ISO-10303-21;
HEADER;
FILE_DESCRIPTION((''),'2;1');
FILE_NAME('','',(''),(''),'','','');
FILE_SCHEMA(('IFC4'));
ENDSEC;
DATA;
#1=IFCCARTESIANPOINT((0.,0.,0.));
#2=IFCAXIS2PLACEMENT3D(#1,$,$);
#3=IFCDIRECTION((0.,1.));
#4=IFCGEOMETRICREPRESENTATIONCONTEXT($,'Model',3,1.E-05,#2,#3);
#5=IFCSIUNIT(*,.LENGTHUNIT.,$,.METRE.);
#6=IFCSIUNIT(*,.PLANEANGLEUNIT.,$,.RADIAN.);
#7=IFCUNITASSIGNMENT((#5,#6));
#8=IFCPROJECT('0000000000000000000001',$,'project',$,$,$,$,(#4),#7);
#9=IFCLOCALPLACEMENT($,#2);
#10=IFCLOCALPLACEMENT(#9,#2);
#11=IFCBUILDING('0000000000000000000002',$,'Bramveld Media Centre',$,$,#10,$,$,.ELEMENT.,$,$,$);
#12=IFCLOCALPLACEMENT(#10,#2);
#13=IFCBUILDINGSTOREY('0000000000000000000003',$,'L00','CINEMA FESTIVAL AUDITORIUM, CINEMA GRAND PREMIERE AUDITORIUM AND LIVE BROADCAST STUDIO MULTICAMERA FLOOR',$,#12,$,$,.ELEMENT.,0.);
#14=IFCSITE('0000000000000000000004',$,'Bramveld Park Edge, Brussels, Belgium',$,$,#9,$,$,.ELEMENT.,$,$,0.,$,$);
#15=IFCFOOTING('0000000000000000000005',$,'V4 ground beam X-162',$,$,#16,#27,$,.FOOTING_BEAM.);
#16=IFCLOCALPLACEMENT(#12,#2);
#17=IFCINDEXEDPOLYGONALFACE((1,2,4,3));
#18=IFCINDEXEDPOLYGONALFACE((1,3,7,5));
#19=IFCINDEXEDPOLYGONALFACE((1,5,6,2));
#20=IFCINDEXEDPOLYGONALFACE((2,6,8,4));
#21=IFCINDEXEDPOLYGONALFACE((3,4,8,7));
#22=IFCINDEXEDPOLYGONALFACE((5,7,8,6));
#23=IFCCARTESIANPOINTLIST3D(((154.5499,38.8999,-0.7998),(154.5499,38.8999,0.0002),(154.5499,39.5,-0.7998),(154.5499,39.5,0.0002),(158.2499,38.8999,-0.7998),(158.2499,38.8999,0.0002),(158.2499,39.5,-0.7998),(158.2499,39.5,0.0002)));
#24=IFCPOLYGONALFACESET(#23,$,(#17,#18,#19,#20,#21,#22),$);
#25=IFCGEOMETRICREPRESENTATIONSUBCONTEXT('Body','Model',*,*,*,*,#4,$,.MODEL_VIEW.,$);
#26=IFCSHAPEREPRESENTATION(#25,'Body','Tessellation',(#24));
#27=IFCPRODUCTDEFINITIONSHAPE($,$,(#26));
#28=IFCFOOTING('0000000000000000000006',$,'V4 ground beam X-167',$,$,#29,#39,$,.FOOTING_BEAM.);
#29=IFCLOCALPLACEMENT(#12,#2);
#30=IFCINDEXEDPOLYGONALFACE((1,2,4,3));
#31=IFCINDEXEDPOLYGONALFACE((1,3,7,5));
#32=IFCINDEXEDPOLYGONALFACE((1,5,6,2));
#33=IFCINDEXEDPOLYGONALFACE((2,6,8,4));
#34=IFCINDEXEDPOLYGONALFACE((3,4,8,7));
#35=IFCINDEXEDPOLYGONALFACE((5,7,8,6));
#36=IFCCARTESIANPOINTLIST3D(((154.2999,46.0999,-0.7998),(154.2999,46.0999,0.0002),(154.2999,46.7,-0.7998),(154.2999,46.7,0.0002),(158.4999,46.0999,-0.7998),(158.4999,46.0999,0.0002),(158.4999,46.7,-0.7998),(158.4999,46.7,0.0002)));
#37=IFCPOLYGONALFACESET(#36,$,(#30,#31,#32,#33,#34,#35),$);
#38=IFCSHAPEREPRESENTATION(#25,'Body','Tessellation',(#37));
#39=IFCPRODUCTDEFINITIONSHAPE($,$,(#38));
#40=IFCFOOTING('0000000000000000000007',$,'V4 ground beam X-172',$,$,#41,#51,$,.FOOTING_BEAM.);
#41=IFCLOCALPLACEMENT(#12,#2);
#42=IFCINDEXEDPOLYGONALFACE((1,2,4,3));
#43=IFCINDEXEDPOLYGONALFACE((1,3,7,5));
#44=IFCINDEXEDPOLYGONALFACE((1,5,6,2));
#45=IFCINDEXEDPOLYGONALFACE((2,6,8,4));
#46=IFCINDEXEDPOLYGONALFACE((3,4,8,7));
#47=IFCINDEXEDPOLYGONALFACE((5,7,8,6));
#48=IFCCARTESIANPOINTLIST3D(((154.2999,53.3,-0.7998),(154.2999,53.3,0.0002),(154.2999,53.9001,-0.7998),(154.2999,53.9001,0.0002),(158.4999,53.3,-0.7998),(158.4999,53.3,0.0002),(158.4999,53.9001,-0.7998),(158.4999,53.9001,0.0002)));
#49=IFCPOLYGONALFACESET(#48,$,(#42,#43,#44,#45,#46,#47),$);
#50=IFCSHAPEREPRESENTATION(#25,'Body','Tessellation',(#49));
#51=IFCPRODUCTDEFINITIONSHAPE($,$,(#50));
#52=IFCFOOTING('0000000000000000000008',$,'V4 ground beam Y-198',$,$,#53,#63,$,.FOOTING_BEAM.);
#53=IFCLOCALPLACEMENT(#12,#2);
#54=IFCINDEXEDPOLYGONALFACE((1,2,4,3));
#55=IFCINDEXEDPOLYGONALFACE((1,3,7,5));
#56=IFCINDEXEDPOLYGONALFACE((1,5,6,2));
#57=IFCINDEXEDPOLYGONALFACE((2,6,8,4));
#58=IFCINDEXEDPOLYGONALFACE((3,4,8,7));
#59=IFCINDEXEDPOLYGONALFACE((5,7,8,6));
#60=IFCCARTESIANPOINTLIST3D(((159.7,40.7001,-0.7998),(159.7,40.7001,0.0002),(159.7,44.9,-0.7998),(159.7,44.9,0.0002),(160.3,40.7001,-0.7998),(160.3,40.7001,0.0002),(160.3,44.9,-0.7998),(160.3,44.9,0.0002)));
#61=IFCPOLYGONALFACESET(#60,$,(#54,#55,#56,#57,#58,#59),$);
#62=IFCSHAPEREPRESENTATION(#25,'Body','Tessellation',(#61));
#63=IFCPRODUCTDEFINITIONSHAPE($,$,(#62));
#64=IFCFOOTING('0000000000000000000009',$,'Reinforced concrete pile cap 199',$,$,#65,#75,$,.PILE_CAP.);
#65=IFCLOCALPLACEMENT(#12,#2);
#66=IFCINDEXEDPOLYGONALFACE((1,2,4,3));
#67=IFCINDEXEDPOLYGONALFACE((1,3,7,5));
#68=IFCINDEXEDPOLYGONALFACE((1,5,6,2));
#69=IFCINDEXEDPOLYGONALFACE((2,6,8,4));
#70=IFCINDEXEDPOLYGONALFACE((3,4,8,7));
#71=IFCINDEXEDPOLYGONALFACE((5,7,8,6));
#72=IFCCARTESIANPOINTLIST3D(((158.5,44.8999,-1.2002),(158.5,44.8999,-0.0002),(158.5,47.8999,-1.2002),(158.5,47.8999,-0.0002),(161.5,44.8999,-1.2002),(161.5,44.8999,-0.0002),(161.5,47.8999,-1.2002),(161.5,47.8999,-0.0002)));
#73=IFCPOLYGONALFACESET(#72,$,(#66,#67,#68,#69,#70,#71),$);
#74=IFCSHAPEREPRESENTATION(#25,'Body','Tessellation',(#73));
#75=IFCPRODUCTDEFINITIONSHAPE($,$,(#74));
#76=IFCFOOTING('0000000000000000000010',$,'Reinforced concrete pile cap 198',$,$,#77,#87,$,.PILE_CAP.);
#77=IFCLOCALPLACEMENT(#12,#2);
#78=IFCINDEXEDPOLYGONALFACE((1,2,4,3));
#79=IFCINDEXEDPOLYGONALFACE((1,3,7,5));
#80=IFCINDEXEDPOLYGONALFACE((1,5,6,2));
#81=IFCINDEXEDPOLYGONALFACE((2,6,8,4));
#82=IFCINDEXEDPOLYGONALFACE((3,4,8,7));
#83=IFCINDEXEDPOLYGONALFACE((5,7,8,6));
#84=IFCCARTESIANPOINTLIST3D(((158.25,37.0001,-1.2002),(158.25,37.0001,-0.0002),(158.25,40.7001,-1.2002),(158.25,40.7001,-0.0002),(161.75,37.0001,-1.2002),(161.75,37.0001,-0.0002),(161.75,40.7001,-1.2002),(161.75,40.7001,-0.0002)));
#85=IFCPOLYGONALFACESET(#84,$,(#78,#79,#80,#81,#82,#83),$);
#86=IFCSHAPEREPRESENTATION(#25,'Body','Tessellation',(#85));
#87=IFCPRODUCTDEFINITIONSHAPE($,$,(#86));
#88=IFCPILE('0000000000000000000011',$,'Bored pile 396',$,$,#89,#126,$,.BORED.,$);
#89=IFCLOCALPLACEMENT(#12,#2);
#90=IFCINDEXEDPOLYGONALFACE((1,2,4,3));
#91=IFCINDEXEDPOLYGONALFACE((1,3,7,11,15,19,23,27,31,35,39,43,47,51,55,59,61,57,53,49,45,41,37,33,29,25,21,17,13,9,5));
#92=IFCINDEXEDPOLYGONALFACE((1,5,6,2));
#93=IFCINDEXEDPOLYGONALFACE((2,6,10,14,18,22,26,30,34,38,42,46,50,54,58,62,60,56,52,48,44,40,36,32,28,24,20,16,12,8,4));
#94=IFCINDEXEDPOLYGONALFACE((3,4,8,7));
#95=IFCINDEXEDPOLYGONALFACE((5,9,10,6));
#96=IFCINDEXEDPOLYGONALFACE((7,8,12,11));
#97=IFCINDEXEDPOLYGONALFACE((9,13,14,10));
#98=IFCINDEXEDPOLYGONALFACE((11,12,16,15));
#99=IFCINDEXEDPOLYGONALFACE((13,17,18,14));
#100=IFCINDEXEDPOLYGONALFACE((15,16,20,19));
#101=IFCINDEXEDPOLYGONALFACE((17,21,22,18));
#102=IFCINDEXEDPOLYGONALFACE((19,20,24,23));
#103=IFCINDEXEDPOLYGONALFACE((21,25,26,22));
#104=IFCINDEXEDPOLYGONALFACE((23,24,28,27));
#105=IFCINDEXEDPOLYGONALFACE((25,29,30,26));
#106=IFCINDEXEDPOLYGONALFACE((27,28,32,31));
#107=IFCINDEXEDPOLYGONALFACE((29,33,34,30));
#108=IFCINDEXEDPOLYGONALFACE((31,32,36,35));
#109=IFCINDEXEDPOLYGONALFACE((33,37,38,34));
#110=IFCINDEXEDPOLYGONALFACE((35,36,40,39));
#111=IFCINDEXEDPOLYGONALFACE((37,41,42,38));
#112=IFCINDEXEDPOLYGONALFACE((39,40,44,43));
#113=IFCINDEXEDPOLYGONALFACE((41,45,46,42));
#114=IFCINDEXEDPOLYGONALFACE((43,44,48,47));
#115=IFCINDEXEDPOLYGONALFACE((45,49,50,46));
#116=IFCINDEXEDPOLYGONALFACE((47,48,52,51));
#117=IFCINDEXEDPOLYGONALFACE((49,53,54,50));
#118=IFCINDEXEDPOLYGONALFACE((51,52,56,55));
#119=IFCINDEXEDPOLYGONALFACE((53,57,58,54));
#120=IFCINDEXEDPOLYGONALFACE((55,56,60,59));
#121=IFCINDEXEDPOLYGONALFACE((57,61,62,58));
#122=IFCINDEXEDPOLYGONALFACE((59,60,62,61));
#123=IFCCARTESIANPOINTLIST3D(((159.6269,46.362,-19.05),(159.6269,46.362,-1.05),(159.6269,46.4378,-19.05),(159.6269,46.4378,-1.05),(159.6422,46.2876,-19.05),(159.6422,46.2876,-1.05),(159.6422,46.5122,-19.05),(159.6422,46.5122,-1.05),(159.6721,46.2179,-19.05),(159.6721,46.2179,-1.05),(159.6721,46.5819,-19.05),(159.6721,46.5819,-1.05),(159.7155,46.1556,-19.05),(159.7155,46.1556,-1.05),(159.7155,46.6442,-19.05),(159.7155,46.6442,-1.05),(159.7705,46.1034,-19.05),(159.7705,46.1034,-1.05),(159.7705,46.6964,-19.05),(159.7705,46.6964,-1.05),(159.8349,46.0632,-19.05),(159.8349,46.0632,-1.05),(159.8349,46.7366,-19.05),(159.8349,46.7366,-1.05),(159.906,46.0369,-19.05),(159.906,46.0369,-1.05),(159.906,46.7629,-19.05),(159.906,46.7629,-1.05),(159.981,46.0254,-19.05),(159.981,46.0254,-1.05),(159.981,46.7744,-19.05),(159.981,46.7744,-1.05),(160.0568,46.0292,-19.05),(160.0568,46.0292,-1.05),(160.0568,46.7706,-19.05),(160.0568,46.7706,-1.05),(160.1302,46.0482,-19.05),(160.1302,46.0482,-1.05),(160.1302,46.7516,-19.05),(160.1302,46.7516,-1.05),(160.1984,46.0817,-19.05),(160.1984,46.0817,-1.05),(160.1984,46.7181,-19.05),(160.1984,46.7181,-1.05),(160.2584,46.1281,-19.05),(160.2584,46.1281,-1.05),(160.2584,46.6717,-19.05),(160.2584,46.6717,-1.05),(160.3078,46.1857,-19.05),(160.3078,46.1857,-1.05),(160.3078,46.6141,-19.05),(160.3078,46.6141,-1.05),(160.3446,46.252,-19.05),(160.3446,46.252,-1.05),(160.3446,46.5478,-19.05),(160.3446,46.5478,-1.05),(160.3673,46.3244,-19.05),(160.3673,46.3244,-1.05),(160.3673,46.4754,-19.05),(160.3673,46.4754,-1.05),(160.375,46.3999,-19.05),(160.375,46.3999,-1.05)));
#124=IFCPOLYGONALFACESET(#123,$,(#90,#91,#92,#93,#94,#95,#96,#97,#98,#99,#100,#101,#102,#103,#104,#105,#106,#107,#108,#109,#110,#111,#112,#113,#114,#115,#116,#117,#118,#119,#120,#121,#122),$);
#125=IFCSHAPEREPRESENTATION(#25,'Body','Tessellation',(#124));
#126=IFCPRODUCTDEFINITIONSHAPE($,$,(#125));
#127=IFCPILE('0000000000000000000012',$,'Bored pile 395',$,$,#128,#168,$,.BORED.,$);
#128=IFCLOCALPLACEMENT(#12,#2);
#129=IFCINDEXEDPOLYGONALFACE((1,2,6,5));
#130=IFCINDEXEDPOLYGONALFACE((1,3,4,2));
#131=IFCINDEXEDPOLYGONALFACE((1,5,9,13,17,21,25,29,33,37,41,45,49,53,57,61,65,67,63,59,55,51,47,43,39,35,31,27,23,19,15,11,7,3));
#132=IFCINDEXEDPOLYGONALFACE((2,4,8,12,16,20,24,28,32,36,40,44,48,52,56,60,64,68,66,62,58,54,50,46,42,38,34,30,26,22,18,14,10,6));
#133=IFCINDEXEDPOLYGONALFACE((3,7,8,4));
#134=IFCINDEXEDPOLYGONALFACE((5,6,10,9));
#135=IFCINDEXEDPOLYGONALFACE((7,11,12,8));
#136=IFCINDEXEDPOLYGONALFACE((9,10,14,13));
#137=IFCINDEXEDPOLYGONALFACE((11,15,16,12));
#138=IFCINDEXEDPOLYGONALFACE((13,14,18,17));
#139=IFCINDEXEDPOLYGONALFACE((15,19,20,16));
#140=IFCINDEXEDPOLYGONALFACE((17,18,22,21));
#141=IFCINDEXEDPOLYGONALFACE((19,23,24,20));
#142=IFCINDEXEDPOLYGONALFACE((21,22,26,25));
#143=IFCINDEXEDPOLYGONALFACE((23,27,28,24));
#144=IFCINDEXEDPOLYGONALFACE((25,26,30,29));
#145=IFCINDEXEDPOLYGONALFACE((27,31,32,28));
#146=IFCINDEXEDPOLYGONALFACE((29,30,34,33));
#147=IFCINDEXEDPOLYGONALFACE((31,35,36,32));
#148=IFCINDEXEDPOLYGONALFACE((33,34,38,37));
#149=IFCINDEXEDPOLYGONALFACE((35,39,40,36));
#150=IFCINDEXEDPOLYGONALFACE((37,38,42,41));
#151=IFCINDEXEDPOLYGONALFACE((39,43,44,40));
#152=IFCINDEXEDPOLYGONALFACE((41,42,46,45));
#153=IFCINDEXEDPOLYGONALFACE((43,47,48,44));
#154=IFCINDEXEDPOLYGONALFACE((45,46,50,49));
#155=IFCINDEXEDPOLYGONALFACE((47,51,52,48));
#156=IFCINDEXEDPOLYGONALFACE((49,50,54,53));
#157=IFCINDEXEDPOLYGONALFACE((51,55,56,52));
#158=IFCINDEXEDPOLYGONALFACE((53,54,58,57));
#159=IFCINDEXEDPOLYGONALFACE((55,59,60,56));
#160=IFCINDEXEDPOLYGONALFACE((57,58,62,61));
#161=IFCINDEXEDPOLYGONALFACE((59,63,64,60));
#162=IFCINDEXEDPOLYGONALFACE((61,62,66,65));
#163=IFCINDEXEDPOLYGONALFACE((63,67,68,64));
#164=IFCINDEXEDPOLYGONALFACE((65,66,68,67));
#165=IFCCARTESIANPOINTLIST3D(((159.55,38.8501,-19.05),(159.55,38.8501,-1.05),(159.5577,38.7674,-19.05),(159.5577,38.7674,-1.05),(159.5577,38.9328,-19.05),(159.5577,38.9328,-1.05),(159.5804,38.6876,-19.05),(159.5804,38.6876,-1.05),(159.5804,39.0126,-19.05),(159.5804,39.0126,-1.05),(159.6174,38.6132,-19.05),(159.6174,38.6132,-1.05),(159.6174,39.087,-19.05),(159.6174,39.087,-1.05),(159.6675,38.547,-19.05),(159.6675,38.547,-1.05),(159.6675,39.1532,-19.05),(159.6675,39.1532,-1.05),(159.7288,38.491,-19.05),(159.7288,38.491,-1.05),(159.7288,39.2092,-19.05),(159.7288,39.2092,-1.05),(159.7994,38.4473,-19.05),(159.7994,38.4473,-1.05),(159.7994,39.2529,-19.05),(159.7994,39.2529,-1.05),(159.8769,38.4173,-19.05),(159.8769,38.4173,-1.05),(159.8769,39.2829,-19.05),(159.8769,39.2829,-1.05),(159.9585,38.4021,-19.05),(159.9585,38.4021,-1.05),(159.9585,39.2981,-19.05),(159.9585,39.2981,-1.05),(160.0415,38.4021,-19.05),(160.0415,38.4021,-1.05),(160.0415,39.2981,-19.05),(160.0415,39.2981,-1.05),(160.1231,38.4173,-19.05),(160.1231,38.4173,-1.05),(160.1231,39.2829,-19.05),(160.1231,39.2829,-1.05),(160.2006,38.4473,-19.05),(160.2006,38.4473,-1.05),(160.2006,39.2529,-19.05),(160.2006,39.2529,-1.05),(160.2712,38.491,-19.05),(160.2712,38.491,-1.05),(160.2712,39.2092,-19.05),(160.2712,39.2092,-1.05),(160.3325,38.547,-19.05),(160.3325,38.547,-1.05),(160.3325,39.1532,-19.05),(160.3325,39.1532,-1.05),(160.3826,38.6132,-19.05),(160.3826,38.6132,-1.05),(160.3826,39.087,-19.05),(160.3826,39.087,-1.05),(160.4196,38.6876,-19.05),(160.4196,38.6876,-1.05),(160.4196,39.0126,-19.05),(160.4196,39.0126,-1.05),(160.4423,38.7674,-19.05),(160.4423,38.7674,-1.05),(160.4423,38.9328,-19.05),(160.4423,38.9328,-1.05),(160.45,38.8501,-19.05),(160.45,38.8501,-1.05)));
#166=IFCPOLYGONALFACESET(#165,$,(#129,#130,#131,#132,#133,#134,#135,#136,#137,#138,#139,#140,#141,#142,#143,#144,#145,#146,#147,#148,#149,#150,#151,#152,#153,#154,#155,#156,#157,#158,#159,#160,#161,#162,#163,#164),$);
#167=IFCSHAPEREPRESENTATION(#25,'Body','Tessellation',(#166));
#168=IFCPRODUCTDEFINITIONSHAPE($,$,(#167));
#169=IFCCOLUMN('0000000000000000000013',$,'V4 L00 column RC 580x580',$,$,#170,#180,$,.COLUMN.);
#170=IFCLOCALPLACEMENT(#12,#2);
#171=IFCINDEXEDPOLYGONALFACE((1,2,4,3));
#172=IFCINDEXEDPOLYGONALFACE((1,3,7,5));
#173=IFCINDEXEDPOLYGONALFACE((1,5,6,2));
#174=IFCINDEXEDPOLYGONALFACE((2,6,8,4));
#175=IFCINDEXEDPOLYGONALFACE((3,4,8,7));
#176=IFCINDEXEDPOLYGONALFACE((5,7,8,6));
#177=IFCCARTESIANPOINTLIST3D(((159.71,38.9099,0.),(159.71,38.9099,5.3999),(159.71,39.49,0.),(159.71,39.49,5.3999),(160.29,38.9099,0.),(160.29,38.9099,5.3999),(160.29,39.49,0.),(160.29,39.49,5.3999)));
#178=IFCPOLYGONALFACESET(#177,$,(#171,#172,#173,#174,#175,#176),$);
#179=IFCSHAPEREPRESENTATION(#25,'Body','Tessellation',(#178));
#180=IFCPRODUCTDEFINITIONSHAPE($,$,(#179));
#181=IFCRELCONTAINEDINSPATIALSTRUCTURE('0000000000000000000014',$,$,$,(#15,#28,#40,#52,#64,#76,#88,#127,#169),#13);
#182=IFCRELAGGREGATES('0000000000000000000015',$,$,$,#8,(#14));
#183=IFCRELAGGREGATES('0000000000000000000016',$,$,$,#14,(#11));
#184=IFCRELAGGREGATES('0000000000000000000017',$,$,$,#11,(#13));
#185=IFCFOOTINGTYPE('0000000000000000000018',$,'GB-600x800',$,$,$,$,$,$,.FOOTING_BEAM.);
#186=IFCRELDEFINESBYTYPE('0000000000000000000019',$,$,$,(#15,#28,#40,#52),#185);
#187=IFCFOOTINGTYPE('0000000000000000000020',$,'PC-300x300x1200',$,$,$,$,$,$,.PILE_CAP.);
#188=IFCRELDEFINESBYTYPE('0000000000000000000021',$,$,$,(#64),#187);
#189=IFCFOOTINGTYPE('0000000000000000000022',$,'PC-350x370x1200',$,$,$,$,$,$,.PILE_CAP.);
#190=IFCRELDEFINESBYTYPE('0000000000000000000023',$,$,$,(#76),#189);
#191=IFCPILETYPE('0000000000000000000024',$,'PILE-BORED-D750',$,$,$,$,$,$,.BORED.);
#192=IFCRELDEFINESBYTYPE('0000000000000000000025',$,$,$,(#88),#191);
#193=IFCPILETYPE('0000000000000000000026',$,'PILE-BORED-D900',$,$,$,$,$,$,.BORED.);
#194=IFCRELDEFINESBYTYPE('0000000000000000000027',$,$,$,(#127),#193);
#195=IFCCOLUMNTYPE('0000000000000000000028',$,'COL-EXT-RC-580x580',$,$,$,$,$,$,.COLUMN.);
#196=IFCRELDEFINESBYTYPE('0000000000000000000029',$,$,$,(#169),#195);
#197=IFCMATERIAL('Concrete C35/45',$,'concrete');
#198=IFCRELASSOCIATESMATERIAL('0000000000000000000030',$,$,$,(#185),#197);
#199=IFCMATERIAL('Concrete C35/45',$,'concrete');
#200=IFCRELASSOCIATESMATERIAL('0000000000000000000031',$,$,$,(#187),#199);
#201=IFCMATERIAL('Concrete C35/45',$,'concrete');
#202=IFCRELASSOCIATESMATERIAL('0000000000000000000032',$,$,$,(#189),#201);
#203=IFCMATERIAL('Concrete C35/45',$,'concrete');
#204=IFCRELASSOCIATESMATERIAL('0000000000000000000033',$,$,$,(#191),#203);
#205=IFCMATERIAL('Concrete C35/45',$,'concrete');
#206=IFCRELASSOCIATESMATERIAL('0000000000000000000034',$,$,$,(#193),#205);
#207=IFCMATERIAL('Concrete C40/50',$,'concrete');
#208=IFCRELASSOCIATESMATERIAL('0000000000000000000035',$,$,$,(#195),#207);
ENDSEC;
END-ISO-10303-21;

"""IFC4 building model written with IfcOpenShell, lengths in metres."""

from ifc_helpers import new_model, si_unit, direction, frame, origin, origin_2d, place, context, subcontext, project, spatial, rectangle, circle, extrude, material, material_profile, profile_set, type_object, element, save


model = new_model("IFC4")

# Units and contexts
model_context = context("Model", 3, precision=1e-05, world=origin(), true_north=direction((0.0, 1.0)))
body_context = subcontext(model_context, "Body", "Model", "MODEL_VIEW")
ifc_project = project(units=[si_unit("LENGTHUNIT", "METRE"), si_unit("PLANEANGLEUNIT", "RADIAN")], contexts=[model_context])

# Site, building, storey
site_placement = place(None, origin())
site = spatial("IfcSite", under=ifc_project, at=site_placement, Name="Bramveld Park Edge, Brussels, Belgium", CompositionType="ELEMENT", RefElevation=0.0)
building_placement = place(site_placement, origin())
building = spatial("IfcBuilding", under=site, at=building_placement, Name="Bramveld Media Centre", CompositionType="ELEMENT")
storey_placement = place(building_placement, origin())
storey = spatial("IfcBuildingStorey", under=building, at=storey_placement, Name="L00", Description="CINEMA FESTIVAL AUDITORIUM, CINEMA GRAND PREMIERE AUDITORIUM AND LIVE BROADCAST STUDIO MULTICAMERA FLOOR", CompositionType="ELEMENT", Elevation=0.0)

# Footings
ifc_material_1 = material(Name="Concrete C35/45", Category="concrete")
footing_type_1 = type_object("IfcFootingType", Name="GB-600x800", PredefinedType="FOOTING_BEAM", material=ifc_material_1)
footing_1_placement = place(storey_placement, frame((156.3999, 39.2, -0.7998), z_axis=(0.0, 0.0, 1.0), x_axis=(1.0, 0.0, 0.0)))
element("IfcFooting", 1, at=footing_1_placement, inside=storey, type_object=footing_type_1, Name="V4 ground beam X-162", PredefinedType="FOOTING_BEAM", context=body_context, shape_type="SweptSolid", body=[
    extrude(rectangle(XDim=3.7, YDim=0.6001, at=origin_2d()), origin(), (0.0, 0.0, 1.0), 0.8),
])
for number, where, z_axis, x_axis, name in (
    (2, (156.3999, 46.3999, -0.7998), (0.0, 0.0, 1.0), (1.0, 0.0, 0.0), "V4 ground beam X-167"),
    (3, (156.3999, 53.6001, -0.7998), (0.0, 0.0, 1.0), (1.0, 0.0, 0.0), "V4 ground beam X-172"),
):
    element("IfcFooting", number, at=place(storey_placement, frame(where, z_axis=z_axis, x_axis=x_axis)), inside=storey, type_object=footing_type_1, Name=name, PredefinedType="FOOTING_BEAM", context=body_context, shape_type="SweptSolid", body=[
        extrude(rectangle(XDim=4.2, YDim=0.6001, at=origin_2d()), origin(), (0.0, 0.0, 1.0), 0.8),
    ])
footing_2_placement = place(storey_placement, frame((160.0, 42.8, -0.7998), z_axis=(0.0, 0.0, 1.0), x_axis=(1.0, 0.0, 0.0)))
element("IfcFooting", 4, at=footing_2_placement, inside=storey, type_object=footing_type_1, Name="V4 ground beam Y-198", PredefinedType="FOOTING_BEAM", context=body_context, shape_type="SweptSolid", body=[
    extrude(rectangle(XDim=0.6001, YDim=4.2, at=origin_2d()), origin(), (0.0, 0.0, 1.0), 0.8),
])
ifc_material_2 = material(Name="Concrete C35/45", Category="concrete")
footing_type_2 = type_object("IfcFootingType", Name="PC-300x300x1200", PredefinedType="PILE_CAP", material=ifc_material_2)
footing_3_placement = place(storey_placement, frame((160.0, 46.3999, -1.2002), z_axis=(0.0, 0.0, 1.0), x_axis=(1.0, 0.0, 0.0)))
element("IfcFooting", 5, at=footing_3_placement, inside=storey, type_object=footing_type_2, Name="Reinforced concrete pile cap 199", PredefinedType="PILE_CAP", context=body_context, shape_type="SweptSolid", body=[
    extrude(rectangle(XDim=3.0, YDim=3.0, at=origin_2d()), origin(), (0.0, 0.0, 1.0), 1.2),
])
ifc_material_3 = material(Name="Concrete C35/45", Category="concrete")
footing_type_3 = type_object("IfcFootingType", Name="PC-350x370x1200", PredefinedType="PILE_CAP", material=ifc_material_3)
footing_4_placement = place(storey_placement, frame((160.0, 38.8501, -1.2002), z_axis=(0.0, 0.0, 1.0), x_axis=(1.0, 0.0, 0.0)))
element("IfcFooting", 6, at=footing_4_placement, inside=storey, type_object=footing_type_3, Name="Reinforced concrete pile cap 198", PredefinedType="PILE_CAP", context=body_context, shape_type="SweptSolid", body=[
    extrude(rectangle(XDim=3.5, YDim=3.7, at=origin_2d()), origin(), (0.0, 0.0, 1.0), 1.2),
])

# Piles
ifc_material_4 = material(Name="Concrete C35/45", Category="concrete")
ifc_material_profile_1 = material_profile(ifc_material_4, circle(Radius=0.375, at=origin_2d()), Name="BORED D750")
ifc_profile_set_1 = profile_set([ifc_material_profile_1], Name="Concrete C35/45")
pile_type_1 = type_object("IfcPileType", Name="PILE-BORED-D750", PredefinedType="BORED", material=ifc_profile_set_1)
pile_1_placement = place(storey_placement, frame((160.0, 46.3999, -1.05), z_axis=(0.0, 0.0, -1.0), x_axis=(1.0, 0.0, 0.0)))
element("IfcPile", 7, at=pile_1_placement, inside=storey, type_object=pile_type_1, Name="Bored pile 396", PredefinedType="BORED", context=body_context, shape_type="SweptSolid", body=[
    extrude(circle(Radius=0.375, at=origin_2d()), origin(), (0.0, 0.0, 1.0), 18.0),
])
ifc_material_5 = material(Name="Concrete C35/45", Category="concrete")
ifc_material_profile_2 = material_profile(ifc_material_5, circle(Radius=0.45, at=origin_2d()), Name="BORED D900")
ifc_profile_set_2 = profile_set([ifc_material_profile_2], Name="Concrete C35/45")
pile_type_2 = type_object("IfcPileType", Name="PILE-BORED-D900", PredefinedType="BORED", material=ifc_profile_set_2)
pile_2_placement = place(storey_placement, frame((160.0, 38.8501, -1.05), z_axis=(0.0, 0.0, -1.0), x_axis=(1.0, 0.0, 0.0)))
element("IfcPile", 8, at=pile_2_placement, inside=storey, type_object=pile_type_2, Name="Bored pile 395", PredefinedType="BORED", context=body_context, shape_type="SweptSolid", body=[
    extrude(circle(Radius=0.45, at=origin_2d()), origin(), (0.0, 0.0, 1.0), 18.0),
])

# Column
ifc_material_6 = material(Name="Concrete C40/50", Category="concrete")
ifc_material_profile_3 = material_profile(ifc_material_6, rectangle(XDim=0.5801, YDim=0.5801, at=origin_2d()), Name="RC 580x580")
ifc_profile_set_3 = profile_set([ifc_material_profile_3], Name="Concrete C40/50")
column_type_1 = type_object("IfcColumnType", Name="COL-EXT-RC-580x580", PredefinedType="COLUMN", material=ifc_profile_set_3)
column_1_placement = place(storey_placement, frame((160.0, 39.2, 0.0), z_axis=(0.0, 0.0, 1.0), x_axis=(1.0, 0.0, 0.0)))
element("IfcColumn", 9, at=column_1_placement, inside=storey, type_object=column_type_1, Name="V4 L00 column RC 580x580", PredefinedType="COLUMN", context=body_context, shape_type="SweptSolid", body=[
    extrude(rectangle(XDim=0.5801, YDim=0.5801, at=origin_2d()), origin(), (0.0, 0.0, 1.0), 5.3999),
])

save(model, "model.ifc")
